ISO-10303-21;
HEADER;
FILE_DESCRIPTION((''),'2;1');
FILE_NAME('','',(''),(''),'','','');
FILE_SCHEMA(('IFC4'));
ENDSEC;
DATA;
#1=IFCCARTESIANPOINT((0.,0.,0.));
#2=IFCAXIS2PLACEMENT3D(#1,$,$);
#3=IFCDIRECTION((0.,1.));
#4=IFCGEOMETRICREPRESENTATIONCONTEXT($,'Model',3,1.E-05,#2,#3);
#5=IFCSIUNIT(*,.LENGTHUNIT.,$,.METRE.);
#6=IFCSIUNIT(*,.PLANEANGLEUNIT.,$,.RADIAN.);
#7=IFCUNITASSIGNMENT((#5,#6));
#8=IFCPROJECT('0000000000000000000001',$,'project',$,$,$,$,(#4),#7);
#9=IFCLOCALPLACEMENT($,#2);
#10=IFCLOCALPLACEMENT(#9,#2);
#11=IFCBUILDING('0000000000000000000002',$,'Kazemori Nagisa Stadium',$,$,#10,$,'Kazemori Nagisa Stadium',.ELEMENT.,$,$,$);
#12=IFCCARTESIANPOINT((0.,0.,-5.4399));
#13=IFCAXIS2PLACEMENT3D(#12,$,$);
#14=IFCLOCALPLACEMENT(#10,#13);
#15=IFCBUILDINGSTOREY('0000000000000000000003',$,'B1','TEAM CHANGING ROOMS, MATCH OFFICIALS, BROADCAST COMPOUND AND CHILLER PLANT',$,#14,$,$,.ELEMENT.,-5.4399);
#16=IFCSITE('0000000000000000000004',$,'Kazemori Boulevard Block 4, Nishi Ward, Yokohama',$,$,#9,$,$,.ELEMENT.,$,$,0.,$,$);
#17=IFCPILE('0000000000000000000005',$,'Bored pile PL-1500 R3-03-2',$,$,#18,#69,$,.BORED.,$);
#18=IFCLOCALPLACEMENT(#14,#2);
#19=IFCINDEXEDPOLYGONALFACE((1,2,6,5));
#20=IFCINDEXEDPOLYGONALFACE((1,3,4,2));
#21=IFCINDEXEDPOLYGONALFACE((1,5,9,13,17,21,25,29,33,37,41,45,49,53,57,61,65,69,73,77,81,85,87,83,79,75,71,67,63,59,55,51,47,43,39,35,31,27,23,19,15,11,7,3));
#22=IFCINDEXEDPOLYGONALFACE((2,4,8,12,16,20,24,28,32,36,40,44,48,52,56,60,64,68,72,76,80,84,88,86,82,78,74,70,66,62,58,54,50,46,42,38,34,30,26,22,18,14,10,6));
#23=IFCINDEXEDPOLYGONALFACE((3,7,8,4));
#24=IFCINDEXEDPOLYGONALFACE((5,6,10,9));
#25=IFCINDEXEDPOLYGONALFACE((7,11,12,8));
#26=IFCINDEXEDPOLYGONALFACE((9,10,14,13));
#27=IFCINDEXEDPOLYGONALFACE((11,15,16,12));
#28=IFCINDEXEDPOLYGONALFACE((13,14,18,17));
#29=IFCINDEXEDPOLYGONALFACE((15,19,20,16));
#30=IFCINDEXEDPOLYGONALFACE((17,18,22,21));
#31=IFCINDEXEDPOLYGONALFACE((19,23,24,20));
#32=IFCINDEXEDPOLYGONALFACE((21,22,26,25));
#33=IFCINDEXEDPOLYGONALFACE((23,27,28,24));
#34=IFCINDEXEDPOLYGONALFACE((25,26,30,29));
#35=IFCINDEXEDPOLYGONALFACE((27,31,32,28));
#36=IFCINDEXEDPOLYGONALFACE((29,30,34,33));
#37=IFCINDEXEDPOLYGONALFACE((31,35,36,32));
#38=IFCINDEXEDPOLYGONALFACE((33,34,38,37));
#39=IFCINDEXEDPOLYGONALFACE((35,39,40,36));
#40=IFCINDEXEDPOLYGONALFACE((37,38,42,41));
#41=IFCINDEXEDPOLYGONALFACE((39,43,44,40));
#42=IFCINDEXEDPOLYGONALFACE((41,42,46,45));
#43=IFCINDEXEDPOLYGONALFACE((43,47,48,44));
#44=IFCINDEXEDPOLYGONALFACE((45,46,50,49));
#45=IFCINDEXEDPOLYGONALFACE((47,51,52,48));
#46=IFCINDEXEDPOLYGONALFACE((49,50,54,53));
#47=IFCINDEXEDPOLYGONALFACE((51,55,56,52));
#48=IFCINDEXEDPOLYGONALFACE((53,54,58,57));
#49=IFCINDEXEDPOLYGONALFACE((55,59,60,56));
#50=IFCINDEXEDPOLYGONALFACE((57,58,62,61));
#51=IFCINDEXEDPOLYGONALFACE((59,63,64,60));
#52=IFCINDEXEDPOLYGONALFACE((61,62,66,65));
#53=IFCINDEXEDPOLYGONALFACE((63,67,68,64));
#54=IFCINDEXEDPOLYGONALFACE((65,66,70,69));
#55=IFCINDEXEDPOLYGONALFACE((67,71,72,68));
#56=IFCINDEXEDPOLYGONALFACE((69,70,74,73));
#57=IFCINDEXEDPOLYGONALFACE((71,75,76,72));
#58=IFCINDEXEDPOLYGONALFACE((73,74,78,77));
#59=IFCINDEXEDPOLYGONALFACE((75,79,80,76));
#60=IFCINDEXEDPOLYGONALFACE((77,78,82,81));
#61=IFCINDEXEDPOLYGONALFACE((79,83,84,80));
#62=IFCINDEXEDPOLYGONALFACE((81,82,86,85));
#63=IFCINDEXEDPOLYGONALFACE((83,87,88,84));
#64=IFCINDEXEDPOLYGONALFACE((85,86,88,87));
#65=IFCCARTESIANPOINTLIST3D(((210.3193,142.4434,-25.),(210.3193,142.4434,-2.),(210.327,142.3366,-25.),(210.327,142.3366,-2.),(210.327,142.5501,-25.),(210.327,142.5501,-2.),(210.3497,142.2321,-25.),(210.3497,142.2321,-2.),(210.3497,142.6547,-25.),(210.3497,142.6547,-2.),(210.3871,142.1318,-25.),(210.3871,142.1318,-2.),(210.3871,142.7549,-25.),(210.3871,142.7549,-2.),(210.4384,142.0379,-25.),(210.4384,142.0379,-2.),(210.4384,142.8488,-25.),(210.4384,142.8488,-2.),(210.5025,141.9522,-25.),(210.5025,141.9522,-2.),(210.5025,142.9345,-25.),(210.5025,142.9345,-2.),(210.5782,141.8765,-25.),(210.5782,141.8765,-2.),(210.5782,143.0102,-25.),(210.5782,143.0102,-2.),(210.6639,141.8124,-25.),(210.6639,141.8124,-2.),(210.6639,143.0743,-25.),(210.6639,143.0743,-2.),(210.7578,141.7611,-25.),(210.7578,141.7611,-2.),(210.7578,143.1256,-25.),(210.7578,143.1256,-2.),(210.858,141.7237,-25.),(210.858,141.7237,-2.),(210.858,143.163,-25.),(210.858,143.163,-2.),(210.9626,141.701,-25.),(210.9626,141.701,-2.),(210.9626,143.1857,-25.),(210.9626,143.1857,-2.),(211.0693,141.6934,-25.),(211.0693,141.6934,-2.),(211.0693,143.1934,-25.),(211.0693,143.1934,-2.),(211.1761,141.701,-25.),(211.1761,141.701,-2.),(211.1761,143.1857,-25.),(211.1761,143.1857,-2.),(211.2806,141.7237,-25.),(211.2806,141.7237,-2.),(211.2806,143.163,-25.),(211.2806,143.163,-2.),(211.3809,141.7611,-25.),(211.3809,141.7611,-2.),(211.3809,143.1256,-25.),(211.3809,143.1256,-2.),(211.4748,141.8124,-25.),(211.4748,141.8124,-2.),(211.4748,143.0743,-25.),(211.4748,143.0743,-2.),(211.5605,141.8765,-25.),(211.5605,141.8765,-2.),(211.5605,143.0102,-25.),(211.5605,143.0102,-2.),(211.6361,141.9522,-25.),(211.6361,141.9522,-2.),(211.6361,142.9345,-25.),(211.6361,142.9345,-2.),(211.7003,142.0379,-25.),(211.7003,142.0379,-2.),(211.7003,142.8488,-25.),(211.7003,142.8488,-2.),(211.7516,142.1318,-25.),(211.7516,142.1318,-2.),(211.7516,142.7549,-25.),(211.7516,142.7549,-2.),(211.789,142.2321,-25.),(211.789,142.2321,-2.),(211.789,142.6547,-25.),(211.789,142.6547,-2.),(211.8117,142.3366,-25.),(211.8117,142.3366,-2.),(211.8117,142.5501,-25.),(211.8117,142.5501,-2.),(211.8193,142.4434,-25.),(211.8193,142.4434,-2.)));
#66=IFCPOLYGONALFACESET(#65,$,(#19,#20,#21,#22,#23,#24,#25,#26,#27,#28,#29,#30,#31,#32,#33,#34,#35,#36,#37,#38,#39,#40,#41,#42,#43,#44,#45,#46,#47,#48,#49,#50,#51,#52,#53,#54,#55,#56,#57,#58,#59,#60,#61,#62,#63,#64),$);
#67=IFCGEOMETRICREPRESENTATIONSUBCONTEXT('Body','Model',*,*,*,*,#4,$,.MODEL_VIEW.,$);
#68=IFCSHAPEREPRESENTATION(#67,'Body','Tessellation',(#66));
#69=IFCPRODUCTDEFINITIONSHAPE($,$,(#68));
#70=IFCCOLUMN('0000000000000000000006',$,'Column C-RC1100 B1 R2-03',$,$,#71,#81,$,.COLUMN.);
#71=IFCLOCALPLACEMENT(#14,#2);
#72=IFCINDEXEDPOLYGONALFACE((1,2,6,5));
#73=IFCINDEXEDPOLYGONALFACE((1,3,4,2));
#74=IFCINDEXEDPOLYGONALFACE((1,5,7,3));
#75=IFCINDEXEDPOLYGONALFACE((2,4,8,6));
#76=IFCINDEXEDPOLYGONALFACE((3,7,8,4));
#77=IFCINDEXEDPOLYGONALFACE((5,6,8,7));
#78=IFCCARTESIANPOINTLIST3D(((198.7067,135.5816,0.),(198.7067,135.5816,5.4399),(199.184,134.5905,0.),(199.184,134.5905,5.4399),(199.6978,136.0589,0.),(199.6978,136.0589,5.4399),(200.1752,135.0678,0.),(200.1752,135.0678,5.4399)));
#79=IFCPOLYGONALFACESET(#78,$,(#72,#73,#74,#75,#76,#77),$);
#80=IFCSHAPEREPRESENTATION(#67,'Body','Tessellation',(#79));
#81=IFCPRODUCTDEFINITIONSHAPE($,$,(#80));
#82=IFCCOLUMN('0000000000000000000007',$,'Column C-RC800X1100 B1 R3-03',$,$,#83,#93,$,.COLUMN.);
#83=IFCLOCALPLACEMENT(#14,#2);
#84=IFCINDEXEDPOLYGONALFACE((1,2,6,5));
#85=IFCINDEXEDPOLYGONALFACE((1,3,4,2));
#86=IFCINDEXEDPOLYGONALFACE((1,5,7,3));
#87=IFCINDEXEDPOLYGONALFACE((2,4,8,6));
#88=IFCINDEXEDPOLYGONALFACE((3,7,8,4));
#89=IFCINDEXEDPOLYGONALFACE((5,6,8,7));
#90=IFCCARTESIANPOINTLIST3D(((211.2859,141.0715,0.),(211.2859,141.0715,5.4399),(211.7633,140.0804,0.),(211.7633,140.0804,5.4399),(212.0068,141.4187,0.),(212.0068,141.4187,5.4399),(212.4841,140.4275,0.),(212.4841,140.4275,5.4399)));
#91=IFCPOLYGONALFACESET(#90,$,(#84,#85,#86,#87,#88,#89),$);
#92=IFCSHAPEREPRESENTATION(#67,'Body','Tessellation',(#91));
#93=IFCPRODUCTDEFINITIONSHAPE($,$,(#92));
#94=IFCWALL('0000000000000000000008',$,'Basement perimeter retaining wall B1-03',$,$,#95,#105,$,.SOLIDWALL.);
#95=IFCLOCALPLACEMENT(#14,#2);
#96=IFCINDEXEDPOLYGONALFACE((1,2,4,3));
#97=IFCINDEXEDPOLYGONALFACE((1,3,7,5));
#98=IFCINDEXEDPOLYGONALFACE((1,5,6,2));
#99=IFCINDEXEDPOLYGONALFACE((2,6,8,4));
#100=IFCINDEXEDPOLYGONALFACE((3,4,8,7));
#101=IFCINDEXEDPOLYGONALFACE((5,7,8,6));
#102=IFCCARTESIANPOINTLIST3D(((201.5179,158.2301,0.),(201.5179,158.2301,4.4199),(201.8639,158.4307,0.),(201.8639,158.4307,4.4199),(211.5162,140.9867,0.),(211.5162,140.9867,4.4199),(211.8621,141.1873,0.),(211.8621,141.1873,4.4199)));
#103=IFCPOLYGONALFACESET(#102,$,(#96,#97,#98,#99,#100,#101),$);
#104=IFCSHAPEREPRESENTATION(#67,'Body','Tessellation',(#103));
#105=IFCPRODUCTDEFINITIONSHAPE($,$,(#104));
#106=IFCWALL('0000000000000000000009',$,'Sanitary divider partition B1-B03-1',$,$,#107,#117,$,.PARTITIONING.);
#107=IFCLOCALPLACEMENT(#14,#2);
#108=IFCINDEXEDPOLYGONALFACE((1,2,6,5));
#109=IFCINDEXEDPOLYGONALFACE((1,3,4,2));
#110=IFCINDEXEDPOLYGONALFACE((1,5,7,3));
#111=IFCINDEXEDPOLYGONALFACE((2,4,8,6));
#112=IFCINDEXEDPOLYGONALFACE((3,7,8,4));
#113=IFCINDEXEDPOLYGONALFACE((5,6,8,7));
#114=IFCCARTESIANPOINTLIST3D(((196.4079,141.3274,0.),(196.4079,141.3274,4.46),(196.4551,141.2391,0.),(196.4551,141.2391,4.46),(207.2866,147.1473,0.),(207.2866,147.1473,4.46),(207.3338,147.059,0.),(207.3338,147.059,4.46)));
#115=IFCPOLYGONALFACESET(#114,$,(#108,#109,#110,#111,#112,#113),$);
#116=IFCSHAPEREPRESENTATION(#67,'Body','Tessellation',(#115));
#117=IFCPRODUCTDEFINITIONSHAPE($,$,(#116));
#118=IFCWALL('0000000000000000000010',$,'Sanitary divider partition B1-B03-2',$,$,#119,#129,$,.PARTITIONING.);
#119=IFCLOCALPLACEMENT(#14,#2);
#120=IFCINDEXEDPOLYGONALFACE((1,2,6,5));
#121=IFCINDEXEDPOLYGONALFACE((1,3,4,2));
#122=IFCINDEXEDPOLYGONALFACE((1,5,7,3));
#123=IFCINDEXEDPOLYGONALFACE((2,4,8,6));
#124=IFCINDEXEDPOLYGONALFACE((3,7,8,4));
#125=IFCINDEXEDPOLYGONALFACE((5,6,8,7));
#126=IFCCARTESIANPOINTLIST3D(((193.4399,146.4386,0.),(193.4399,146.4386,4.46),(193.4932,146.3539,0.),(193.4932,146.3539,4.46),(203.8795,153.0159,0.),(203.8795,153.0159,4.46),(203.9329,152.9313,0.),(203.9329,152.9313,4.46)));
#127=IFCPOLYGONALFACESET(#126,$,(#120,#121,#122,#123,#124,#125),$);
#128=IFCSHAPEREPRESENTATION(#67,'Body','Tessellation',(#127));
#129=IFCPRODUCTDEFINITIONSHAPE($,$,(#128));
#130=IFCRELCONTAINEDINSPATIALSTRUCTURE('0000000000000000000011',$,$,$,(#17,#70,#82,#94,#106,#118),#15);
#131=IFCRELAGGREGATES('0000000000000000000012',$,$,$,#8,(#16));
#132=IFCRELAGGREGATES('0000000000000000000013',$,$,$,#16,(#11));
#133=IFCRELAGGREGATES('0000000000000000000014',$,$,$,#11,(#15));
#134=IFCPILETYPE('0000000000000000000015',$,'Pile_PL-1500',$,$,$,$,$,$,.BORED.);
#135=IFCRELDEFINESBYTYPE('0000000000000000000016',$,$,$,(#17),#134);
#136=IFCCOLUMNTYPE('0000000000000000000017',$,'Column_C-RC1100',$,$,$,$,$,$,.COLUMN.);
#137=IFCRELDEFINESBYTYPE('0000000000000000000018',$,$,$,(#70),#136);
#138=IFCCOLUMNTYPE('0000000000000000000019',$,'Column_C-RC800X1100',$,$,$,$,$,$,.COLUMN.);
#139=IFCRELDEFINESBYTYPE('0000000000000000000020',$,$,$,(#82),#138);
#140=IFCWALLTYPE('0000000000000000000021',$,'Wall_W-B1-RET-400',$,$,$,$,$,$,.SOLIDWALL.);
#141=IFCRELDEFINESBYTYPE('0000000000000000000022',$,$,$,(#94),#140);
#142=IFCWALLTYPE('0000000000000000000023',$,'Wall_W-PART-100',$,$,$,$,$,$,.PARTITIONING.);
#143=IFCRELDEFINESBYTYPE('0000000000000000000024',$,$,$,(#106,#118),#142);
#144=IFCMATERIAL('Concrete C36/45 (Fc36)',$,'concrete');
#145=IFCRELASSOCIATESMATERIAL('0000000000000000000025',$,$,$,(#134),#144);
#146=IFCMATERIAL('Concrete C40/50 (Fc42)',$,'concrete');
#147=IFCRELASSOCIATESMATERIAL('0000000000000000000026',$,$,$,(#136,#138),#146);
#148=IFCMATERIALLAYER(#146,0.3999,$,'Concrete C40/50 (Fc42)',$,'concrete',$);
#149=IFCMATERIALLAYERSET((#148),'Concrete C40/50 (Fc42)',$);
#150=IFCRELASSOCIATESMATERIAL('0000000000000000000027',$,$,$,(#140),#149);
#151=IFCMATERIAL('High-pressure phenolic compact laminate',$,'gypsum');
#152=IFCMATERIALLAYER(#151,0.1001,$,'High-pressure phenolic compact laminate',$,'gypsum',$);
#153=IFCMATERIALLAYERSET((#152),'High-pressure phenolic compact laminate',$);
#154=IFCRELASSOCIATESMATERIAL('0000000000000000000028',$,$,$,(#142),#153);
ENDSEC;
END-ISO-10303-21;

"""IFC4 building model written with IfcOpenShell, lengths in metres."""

from ifc_helpers import new_model, si_unit, direction, frame, frame_2d, origin, origin_2d, place, context, subcontext, project, spatial, rectangle, circle, extrude, material, layer, layer_set, material_profile, profile_set, type_object, element, save


model = new_model("IFC4")

# Units and contexts
model_context = context("Model", 3, precision=1e-05, world=origin(), true_north=direction((0.0, 1.0)))
body_context = subcontext(model_context, "Body", "Model", "MODEL_VIEW")
ifc_project = project(units=[si_unit("LENGTHUNIT", "METRE"), si_unit("PLANEANGLEUNIT", "RADIAN")], contexts=[model_context])

# Site, building, storey
site_placement = place(None, origin())
site = spatial("IfcSite", under=ifc_project, at=site_placement, Name="Kazemori Boulevard Block 4, Nishi Ward, Yokohama", CompositionType="ELEMENT", RefElevation=0.0)
building_placement = place(site_placement, origin())
building = spatial("IfcBuilding", under=site, at=building_placement, Name="Kazemori Nagisa Stadium", LongName="Kazemori Nagisa Stadium", CompositionType="ELEMENT")
storey_placement = place(building_placement, frame((0.0, 0.0, -5.4399)))
storey = spatial("IfcBuildingStorey", under=building, at=storey_placement, Name="B1", Description="TEAM CHANGING ROOMS, MATCH OFFICIALS, BROADCAST COMPOUND AND CHILLER PLANT", CompositionType="ELEMENT", Elevation=-5.4399)

# Shared definitions
ifc_material_1 = material(Name="Concrete C40/50 (Fc42)", Category="concrete")

# Pile
ifc_material_2 = material(Name="Concrete C36/45 (Fc36)", Category="concrete")
ifc_material_profile_1 = material_profile(ifc_material_2, circle(Radius=0.75, at=origin_2d()), Name="PILE-D1500")
ifc_profile_set_1 = profile_set([ifc_material_profile_1], Name="Concrete C36/45 (Fc36)")
pile_type = type_object("IfcPileType", Name="Pile_PL-1500", PredefinedType="BORED", material=ifc_profile_set_1)
for number, where, z_axis, x_axis, name in (
    (1, (211.0693, 142.4434, -2.0), (0.0, 0.0, -1.0), (1.0, 0.0, 0.0), "Bored pile PL-1500 R3-03-2"),
):
    element("IfcPile", number, at=place(storey_placement, frame(where, z_axis=z_axis, x_axis=x_axis)), inside=storey, type_object=pile_type, Name=name, PredefinedType="BORED", context=body_context, shape_type="SweptSolid", body=[
        extrude(circle(Radius=0.75, at=origin_2d()), origin(), (0.0, 0.0, 1.0), 23.0),
    ])

# Columns
ifc_material_profile_2 = material_profile(ifc_material_1, rectangle(XDim=1.1001, YDim=1.1001, at=origin_2d()), Name="RC-COL-1100x1100")
ifc_profile_set_2 = profile_set([ifc_material_profile_2], Name="Concrete C40/50 (Fc42)")
column_type_1 = type_object("IfcColumnType", Name="Column_C-RC1100", PredefinedType="COLUMN", material=ifc_profile_set_2)
column_1_placement = place(storey_placement, frame((199.4409, 135.3247, 0.0), z_axis=(0.0, 0.0, 1.0), x_axis=(0.900969, 0.433884, 0.0)))
element("IfcColumn", 2, at=column_1_placement, inside=storey, type_object=column_type_1, Name="Column C-RC1100 B1 R2-03", PredefinedType="COLUMN", context=body_context, shape_type="SweptSolid", body=[
    extrude(rectangle(XDim=1.1001, YDim=1.1001, at=origin_2d()), origin(), (0.0, 0.0, 1.0), 5.4399),
])
ifc_material_profile_3 = material_profile(ifc_material_1, rectangle(XDim=0.8, YDim=1.1001, at=origin_2d()), Name="RC-COL-800x1100")
ifc_profile_set_3 = profile_set([ifc_material_profile_3], Name="Concrete C40/50 (Fc42)")
column_type_2 = type_object("IfcColumnType", Name="Column_C-RC800X1100", PredefinedType="COLUMN", material=ifc_profile_set_3)
column_2_placement = place(storey_placement, frame((211.885, 140.7495, 0.0), z_axis=(0.0, 0.0, 1.0), x_axis=(0.900969, 0.433884, 0.0)))
element("IfcColumn", 3, at=column_2_placement, inside=storey, type_object=column_type_2, Name="Column C-RC800X1100 B1 R3-03", PredefinedType="COLUMN", context=body_context, shape_type="SweptSolid", body=[
    extrude(rectangle(XDim=0.8, YDim=1.1001, at=origin_2d()), origin(), (0.0, 0.0, 1.0), 5.4399),
])

# Walls
ifc_layer_1 = layer(ifc_material_1, 0.3999, Name="Concrete C40/50 (Fc42)", Category="concrete")
ifc_layer_set_1 = layer_set([ifc_layer_1], Name="Concrete C40/50 (Fc42)")
wall_type_1 = type_object("IfcWallType", Name="Wall_W-B1-RET-400", PredefinedType="SOLIDWALL", material=ifc_layer_set_1)
wall_1_placement = place(storey_placement, frame((211.6892, 141.0869, 0.0), z_axis=(0.0, 0.0, 1.0), x_axis=(-0.50161, 0.865094, 0.0)))
element("IfcWall", 4, at=wall_1_placement, inside=storey, type_object=wall_type_1, Name="Basement perimeter retaining wall B1-03", PredefinedType="SOLIDWALL", context=body_context, shape_type="SweptSolid", body=[
    extrude(rectangle(XDim=19.9324, YDim=0.3999, at=frame_2d((9.9663, 0.0))), origin(), (0.0, 0.0, 1.0), 4.4199),
])
ifc_material_3 = material(Name="High-pressure phenolic compact laminate", Category="gypsum")
ifc_layer_2 = layer(ifc_material_3, 0.1001, Name="High-pressure phenolic compact laminate", Category="gypsum")
ifc_layer_set_2 = layer_set([ifc_layer_2], Name="High-pressure phenolic compact laminate")
wall_type_2 = type_object("IfcWallType", Name="Wall_W-PART-100", PredefinedType="PARTITIONING", material=ifc_layer_set_2)
wall_2_placement = place(storey_placement, frame((196.4314, 141.2832, 0.0), z_axis=(0.0, 0.0, 1.0), x_axis=(0.881751, 0.471716, 0.0)))
element("IfcWall", 5, at=wall_2_placement, inside=storey, type_object=wall_type_2, Name="Sanitary divider partition B1-B03-1", PredefinedType="PARTITIONING", context=body_context, shape_type="SweptSolid", body=[
    extrude(rectangle(XDim=12.3376, YDim=0.1001, at=frame_2d((6.1689, 0.0))), origin(), (0.0, 0.0, 1.0), 4.46),
])
wall_3_placement = place(storey_placement, frame((193.4666, 146.3962, 0.0), z_axis=(0.0, 0.0, 1.0), x_axis=(0.846078, 0.53306, 0.0)))
element("IfcWall", 6, at=wall_3_placement, inside=storey, type_object=wall_type_2, Name="Sanitary divider partition B1-B03-2", PredefinedType="PARTITIONING", context=body_context, shape_type="SweptSolid", body=[
    extrude(rectangle(XDim=12.3389, YDim=0.1001, at=frame_2d((6.1694, 0.0))), origin(), (0.0, 0.0, 1.0), 4.46),
])

save(model, "model.ifc")
